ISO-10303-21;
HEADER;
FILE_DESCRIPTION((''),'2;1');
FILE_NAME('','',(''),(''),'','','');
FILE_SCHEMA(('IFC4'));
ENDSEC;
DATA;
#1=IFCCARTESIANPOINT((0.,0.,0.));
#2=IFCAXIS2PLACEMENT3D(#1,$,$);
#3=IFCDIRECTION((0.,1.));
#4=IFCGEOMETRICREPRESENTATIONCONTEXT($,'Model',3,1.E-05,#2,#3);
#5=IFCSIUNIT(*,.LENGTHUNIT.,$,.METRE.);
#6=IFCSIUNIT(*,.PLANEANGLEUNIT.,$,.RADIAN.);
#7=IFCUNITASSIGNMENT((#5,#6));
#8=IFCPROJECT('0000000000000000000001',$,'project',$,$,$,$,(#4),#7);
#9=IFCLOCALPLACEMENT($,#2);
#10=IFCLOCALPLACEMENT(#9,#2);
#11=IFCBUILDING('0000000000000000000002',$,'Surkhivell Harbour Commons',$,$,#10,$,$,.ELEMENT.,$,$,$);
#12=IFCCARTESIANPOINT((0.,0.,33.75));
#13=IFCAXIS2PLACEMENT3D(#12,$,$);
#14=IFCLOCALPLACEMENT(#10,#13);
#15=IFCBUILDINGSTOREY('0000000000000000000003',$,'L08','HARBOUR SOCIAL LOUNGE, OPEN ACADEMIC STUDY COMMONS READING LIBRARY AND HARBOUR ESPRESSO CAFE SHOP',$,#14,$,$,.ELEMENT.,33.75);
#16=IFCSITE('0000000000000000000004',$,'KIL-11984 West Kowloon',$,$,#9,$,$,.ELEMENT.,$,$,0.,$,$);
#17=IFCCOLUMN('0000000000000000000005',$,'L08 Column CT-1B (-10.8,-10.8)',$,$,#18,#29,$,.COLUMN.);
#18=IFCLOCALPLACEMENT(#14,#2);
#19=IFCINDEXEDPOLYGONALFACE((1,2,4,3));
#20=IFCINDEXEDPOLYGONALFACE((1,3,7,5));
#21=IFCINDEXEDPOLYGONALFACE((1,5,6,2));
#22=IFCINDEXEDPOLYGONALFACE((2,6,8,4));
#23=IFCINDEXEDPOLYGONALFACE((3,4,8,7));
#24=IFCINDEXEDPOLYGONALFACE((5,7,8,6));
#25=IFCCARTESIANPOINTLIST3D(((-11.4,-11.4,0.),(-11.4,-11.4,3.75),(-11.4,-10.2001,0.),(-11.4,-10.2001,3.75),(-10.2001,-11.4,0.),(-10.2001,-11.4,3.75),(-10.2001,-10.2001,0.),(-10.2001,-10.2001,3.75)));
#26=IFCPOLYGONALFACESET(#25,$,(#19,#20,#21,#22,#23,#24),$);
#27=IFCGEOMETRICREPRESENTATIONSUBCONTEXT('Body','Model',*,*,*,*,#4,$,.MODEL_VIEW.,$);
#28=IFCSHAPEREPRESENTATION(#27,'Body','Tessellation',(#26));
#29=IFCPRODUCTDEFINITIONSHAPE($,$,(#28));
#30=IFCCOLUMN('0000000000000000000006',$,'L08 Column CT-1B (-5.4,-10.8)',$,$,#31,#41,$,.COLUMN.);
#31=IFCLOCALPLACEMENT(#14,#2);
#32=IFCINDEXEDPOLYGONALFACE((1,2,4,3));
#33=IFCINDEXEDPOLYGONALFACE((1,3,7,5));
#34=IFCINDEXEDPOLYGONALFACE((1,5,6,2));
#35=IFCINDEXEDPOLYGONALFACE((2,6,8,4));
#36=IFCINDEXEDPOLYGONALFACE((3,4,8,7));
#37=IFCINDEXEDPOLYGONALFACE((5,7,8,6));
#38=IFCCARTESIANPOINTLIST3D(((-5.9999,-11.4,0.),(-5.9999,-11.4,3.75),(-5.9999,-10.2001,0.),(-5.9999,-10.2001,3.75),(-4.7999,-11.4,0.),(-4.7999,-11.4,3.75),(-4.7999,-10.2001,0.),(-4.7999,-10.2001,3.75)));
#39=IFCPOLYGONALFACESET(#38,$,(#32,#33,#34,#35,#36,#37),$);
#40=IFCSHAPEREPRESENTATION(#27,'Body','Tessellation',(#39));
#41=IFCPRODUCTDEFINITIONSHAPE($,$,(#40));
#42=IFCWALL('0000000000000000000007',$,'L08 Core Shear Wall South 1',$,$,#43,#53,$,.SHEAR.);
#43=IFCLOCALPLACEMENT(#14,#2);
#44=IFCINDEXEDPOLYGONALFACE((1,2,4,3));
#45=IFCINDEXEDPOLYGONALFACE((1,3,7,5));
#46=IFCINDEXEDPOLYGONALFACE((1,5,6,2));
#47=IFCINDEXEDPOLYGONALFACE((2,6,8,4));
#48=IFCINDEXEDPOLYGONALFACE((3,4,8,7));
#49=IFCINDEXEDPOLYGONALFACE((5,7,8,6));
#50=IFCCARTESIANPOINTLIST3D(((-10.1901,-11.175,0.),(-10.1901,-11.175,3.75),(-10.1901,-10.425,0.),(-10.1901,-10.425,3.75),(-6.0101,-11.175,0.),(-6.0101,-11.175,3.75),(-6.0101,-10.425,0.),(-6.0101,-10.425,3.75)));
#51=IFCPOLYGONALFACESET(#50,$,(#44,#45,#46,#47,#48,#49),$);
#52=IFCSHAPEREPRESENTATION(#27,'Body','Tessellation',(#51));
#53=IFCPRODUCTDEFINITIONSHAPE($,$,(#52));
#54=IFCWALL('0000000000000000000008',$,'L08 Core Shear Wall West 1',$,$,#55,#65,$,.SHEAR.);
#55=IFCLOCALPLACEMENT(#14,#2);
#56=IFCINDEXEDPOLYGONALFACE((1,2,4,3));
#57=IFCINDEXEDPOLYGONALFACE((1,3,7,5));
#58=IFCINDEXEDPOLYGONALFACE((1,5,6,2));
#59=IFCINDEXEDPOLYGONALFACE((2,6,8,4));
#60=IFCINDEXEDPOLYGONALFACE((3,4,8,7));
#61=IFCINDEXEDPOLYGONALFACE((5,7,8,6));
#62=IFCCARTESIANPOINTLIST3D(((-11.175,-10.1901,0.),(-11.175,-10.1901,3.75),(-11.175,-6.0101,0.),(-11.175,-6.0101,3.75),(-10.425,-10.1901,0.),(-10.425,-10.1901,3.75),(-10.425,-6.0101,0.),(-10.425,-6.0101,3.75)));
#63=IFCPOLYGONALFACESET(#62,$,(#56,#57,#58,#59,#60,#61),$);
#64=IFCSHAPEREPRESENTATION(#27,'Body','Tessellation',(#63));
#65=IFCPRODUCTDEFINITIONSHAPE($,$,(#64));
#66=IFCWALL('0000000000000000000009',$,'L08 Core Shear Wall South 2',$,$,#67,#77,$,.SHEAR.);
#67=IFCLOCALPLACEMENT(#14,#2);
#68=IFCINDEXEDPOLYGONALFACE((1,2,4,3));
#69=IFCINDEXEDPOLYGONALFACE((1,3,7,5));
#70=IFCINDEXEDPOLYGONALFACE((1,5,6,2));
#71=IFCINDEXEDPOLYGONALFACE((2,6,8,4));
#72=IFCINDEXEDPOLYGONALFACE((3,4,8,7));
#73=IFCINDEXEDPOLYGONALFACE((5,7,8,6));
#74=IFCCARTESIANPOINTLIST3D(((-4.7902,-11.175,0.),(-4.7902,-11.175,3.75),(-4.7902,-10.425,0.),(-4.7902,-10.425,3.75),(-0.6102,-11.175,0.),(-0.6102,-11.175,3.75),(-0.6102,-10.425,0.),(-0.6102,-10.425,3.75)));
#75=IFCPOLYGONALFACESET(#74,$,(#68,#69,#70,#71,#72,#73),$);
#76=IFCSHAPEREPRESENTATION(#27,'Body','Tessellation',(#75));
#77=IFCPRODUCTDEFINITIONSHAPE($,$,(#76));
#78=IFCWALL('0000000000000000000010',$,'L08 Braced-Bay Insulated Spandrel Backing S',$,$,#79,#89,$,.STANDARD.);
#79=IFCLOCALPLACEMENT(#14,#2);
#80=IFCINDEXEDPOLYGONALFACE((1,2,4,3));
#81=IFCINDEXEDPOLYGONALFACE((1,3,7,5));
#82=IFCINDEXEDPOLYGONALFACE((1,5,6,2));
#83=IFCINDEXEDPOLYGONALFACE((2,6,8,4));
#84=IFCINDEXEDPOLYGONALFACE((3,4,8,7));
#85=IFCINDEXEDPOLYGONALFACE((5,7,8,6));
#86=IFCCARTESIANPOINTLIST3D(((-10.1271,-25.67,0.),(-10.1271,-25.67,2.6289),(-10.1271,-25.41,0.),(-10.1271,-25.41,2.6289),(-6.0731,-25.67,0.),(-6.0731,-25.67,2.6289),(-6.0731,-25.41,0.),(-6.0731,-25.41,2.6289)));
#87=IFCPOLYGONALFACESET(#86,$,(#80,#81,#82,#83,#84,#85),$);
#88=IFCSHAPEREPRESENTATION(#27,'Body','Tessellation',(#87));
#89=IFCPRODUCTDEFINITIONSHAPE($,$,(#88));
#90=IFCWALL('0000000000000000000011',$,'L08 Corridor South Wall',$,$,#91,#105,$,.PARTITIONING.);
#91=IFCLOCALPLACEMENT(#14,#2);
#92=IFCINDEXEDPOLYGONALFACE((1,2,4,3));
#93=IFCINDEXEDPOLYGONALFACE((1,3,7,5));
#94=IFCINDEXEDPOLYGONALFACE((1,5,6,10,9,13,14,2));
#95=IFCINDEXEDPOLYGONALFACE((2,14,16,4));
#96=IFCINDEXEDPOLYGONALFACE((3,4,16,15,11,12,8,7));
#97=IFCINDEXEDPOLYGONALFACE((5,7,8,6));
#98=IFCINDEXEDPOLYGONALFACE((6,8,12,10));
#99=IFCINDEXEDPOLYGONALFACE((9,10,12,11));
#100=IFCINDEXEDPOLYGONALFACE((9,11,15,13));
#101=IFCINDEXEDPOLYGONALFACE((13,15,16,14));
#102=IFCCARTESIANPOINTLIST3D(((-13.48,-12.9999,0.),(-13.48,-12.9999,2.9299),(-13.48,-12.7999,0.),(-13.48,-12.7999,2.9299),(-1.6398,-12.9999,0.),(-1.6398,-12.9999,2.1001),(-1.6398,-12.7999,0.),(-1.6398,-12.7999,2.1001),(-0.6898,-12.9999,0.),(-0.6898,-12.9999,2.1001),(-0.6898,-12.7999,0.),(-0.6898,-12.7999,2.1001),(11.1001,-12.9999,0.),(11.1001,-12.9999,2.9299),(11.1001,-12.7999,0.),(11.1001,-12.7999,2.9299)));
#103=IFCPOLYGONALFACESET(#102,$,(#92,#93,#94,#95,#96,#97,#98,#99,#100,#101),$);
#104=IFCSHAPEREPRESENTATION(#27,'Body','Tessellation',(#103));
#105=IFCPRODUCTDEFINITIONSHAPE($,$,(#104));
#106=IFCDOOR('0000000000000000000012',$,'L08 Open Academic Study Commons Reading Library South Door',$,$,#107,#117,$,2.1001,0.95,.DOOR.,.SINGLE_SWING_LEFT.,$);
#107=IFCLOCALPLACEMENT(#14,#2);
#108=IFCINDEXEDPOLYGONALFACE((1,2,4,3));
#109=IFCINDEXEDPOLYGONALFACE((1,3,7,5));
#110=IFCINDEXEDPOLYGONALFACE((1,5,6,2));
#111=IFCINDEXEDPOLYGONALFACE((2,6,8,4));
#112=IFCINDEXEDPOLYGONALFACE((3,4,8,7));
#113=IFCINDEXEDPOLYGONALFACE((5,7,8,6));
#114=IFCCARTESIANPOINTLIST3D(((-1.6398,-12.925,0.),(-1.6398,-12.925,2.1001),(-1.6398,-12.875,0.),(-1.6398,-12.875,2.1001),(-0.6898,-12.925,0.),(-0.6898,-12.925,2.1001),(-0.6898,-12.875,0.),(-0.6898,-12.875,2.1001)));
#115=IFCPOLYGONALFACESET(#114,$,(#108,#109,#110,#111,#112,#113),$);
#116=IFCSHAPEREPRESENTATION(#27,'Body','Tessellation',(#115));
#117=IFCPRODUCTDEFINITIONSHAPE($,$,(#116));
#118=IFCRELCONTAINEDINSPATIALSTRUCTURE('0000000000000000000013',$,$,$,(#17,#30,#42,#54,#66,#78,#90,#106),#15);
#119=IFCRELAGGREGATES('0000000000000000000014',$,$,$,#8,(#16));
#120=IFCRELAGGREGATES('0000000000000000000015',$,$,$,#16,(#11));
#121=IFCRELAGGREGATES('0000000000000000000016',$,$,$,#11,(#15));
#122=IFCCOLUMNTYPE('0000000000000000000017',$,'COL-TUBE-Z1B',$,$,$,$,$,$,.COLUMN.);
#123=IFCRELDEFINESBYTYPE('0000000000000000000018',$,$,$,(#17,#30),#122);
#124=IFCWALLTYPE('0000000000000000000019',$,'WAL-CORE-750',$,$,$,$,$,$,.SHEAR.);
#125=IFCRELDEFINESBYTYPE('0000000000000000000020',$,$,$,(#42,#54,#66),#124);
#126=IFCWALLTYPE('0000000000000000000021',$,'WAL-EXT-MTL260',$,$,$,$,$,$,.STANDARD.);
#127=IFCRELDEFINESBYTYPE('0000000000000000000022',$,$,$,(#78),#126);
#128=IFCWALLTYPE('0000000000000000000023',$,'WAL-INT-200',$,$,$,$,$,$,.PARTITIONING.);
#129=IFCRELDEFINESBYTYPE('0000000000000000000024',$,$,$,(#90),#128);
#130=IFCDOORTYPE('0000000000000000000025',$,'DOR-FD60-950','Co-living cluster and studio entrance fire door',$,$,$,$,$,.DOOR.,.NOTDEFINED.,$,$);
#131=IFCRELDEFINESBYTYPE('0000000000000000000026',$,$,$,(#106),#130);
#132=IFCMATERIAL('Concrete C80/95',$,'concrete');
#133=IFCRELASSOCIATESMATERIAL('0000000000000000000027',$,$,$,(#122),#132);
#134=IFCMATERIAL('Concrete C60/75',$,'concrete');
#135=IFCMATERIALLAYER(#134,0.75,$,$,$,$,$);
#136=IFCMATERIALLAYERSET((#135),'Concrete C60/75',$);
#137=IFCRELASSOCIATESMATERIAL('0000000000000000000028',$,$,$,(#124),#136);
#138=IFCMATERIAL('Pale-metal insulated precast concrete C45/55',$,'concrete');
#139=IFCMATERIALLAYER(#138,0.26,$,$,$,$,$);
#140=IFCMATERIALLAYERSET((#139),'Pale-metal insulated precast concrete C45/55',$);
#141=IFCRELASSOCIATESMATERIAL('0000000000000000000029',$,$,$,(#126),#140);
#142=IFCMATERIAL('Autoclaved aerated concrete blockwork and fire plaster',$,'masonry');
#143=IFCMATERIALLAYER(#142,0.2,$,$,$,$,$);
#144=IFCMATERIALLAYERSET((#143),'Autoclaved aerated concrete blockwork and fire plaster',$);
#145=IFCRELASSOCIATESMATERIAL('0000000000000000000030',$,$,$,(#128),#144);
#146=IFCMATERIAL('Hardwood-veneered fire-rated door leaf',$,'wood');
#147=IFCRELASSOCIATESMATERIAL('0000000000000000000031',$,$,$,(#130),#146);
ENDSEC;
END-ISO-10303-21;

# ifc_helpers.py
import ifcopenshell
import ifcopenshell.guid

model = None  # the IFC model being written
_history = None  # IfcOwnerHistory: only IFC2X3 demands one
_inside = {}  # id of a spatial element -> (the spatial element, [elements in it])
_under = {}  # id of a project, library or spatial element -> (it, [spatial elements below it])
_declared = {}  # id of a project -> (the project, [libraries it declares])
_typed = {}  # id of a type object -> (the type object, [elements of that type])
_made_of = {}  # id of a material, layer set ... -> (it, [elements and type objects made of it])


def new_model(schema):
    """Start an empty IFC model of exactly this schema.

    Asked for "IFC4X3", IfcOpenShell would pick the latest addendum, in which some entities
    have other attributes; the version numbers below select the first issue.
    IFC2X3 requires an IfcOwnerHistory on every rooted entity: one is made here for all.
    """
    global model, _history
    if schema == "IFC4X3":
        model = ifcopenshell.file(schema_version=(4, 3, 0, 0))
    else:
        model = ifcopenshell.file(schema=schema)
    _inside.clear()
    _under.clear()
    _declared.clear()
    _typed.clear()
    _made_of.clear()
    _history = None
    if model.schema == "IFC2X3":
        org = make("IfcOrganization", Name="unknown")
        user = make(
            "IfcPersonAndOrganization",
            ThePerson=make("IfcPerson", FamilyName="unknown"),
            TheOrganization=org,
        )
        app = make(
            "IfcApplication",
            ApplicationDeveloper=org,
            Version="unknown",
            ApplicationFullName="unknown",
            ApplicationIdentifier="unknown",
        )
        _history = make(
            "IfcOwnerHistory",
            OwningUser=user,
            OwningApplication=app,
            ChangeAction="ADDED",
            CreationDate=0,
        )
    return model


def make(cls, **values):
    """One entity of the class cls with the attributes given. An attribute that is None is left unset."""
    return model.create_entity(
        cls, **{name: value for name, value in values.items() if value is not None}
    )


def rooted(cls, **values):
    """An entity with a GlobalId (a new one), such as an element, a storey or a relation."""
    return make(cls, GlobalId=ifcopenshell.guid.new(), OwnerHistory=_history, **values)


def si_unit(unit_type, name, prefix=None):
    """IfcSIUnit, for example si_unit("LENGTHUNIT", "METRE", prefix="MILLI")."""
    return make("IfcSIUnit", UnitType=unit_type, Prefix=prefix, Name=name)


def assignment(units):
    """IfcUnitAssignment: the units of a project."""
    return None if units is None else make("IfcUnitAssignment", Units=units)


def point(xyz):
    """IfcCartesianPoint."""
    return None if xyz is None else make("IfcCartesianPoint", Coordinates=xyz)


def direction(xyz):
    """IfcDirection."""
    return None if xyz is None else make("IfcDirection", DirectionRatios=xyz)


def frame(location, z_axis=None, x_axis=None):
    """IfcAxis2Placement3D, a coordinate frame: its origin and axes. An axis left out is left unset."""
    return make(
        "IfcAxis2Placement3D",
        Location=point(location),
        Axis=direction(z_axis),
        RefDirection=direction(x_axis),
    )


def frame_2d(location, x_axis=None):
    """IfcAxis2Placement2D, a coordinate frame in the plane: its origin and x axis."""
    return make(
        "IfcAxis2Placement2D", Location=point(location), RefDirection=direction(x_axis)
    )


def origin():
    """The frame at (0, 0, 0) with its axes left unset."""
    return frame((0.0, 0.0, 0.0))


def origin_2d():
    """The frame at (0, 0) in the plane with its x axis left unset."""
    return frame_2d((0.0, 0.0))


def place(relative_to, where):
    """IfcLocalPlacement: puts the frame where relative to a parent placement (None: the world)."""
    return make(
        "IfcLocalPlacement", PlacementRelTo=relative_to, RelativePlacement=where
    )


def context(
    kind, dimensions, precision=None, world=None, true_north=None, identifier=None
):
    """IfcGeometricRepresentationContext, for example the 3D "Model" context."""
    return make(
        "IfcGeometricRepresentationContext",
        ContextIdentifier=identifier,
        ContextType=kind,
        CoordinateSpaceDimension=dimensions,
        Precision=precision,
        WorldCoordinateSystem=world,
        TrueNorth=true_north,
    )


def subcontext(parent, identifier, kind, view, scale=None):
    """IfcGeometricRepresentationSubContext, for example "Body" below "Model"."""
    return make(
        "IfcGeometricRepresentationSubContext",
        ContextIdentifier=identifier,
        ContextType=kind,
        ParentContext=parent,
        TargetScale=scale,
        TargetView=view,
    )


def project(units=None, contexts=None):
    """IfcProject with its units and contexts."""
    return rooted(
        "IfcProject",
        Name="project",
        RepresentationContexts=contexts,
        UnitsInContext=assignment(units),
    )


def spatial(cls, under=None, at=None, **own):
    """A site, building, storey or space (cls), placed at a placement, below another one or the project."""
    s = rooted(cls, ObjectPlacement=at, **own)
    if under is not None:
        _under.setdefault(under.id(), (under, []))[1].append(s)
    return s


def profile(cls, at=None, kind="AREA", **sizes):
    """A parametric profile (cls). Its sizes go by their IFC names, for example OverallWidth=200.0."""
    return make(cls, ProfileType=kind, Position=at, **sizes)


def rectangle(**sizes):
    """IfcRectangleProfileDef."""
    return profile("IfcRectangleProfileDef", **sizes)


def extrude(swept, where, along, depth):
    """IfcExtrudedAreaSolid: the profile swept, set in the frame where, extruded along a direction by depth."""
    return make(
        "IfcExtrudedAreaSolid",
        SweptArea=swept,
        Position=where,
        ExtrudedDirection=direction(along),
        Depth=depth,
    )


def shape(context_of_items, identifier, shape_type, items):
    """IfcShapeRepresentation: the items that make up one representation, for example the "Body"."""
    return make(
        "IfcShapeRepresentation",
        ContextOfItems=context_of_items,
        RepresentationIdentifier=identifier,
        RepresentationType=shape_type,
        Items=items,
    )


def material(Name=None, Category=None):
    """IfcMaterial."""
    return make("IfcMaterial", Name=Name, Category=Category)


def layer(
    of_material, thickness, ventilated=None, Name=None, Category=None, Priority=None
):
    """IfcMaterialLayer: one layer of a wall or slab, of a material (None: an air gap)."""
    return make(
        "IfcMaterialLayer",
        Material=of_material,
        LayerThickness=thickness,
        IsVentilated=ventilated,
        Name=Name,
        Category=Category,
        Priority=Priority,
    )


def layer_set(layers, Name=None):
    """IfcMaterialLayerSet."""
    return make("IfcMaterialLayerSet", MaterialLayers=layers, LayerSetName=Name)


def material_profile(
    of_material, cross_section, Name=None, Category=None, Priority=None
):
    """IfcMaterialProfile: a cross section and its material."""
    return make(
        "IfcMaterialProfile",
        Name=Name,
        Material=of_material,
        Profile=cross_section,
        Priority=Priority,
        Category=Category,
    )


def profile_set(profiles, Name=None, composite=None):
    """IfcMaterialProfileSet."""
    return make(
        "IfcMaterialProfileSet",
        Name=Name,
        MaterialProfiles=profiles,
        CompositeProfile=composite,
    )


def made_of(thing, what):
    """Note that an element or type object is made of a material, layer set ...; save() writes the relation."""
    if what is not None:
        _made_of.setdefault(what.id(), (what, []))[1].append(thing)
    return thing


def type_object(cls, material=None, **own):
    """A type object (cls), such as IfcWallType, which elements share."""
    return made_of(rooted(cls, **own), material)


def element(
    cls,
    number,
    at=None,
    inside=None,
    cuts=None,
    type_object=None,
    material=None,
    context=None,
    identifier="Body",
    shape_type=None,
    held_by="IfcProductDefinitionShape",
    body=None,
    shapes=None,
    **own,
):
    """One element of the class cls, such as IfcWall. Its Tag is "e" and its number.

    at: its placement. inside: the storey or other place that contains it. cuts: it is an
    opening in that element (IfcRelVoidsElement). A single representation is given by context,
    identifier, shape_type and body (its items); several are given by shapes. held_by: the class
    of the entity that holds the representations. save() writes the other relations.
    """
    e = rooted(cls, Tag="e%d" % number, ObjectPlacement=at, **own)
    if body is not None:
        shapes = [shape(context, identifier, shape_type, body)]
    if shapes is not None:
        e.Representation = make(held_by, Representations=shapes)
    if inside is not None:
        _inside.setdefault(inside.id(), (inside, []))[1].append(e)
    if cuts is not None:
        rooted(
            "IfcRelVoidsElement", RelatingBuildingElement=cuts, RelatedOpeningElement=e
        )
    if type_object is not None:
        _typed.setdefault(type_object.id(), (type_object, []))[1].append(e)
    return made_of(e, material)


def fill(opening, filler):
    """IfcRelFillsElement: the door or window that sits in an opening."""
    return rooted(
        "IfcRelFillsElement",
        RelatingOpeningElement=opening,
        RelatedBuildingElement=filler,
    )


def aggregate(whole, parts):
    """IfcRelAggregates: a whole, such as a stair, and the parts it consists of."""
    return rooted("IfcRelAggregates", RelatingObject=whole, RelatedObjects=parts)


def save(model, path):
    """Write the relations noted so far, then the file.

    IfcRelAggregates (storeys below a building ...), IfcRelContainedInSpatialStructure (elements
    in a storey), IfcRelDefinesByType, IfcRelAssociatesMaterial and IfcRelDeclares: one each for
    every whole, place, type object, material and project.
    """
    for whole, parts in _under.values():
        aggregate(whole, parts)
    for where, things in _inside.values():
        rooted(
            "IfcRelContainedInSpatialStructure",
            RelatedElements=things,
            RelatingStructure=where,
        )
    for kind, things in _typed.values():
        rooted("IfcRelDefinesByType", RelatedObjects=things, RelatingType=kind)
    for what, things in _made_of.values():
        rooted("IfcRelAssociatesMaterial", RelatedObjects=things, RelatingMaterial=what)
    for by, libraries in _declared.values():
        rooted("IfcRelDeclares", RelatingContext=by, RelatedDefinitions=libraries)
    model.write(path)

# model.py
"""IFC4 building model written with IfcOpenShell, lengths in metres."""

from ifc_helpers import new_model, si_unit, direction, frame, frame_2d, origin, origin_2d, place, context, subcontext, project, spatial, rectangle, extrude, material, layer, layer_set, material_profile, profile_set, type_object, element, fill, save


model = new_model("IFC4")

# Units and contexts
model_context = context("Model", 3, precision=1e-05, world=origin(), true_north=direction((0.0, 1.0)))
body_context = subcontext(model_context, "Body", "Model", "MODEL_VIEW")
ifc_project = project(units=[si_unit("LENGTHUNIT", "METRE"), si_unit("PLANEANGLEUNIT", "RADIAN")], contexts=[model_context])

# Site, building, storey
site_placement = place(None, origin())
site = spatial("IfcSite", under=ifc_project, at=site_placement, Name="KIL-11984 West Kowloon", CompositionType="ELEMENT", RefElevation=0.0)
building_placement = place(site_placement, origin())
building = spatial("IfcBuilding", under=site, at=building_placement, Name="Surkhivell Harbour Commons", CompositionType="ELEMENT")
storey_placement = place(building_placement, frame((0.0, 0.0, 33.75)))
storey = spatial("IfcBuildingStorey", under=building, at=storey_placement, Name="L08", Description="HARBOUR SOCIAL LOUNGE, OPEN ACADEMIC STUDY COMMONS READING LIBRARY AND HARBOUR ESPRESSO CAFE SHOP", CompositionType="ELEMENT", Elevation=33.75)

# Columns
ifc_material_1 = material(Name="Concrete C80/95", Category="concrete")
ifc_material_profile = material_profile(ifc_material_1, rectangle(XDim=1.2, YDim=1.2, at=origin_2d()), Name="RC-COL-1200x1200")
ifc_profile_set = profile_set([ifc_material_profile], Name="Concrete C80/95")
column_type = type_object("IfcColumnType", Name="COL-TUBE-Z1B", PredefinedType="COLUMN", material=ifc_profile_set)
for number, where, z_axis, x_axis, name in (
    (1, (-10.8, -10.8, 0.0), (0.0, 0.0, 1.0), (1.0, 0.0, 0.0), "L08 Column CT-1B (-10.8,-10.8)"),
    (2, (-5.3999, -10.8, 0.0), (0.0, 0.0, 1.0), (1.0, 0.0, 0.0), "L08 Column CT-1B (-5.4,-10.8)"),
):
    element("IfcColumn", number, at=place(storey_placement, frame(where, z_axis=z_axis, x_axis=x_axis)), inside=storey, type_object=column_type, Name=name, PredefinedType="COLUMN", context=body_context, shape_type="SweptSolid", body=[
        extrude(rectangle(XDim=1.2, YDim=1.2, at=origin_2d()), origin(), (0.0, 0.0, 1.0), 3.75),
    ])

# Walls
ifc_material_2 = material(Name="Concrete C60/75", Category="concrete")
ifc_layer_1 = layer(ifc_material_2, 0.75)
ifc_layer_set_1 = layer_set([ifc_layer_1], Name="Concrete C60/75")
wall_type_1 = type_object("IfcWallType", Name="WAL-CORE-750", PredefinedType="SHEAR", material=ifc_layer_set_1)
for number, where, z_axis, x_axis, name in (
    (3, (-10.1899, -10.8, 0.0), (0.0, 0.0, 1.0), (1.0, 0.0, 0.0), "L08 Core Shear Wall South 1"),
    (4, (-10.8, -10.1899, 0.0), (0.0, 0.0, 1.0), (0.0, 1.0, 0.0), "L08 Core Shear Wall West 1"),
    (5, (-4.79, -10.8, 0.0), (0.0, 0.0, 1.0), (1.0, 0.0, 0.0), "L08 Core Shear Wall South 2"),
):
    element("IfcWall", number, at=place(storey_placement, frame(where, z_axis=z_axis, x_axis=x_axis)), inside=storey, type_object=wall_type_1, Name=name, PredefinedType="SHEAR", context=body_context, shape_type="SweptSolid", body=[
        extrude(rectangle(XDim=4.1799, YDim=0.75, at=frame_2d((2.0898, 0.0))), origin(), (0.0, 0.0, 1.0), 3.75),
    ])
ifc_material_3 = material(Name="Pale-metal insulated precast concrete C45/55", Category="concrete")
ifc_layer_2 = layer(ifc_material_3, 0.26)
ifc_layer_set_2 = layer_set([ifc_layer_2], Name="Pale-metal insulated precast concrete C45/55")
wall_type_2 = type_object("IfcWallType", Name="WAL-EXT-MTL260", PredefinedType="STANDARD", material=ifc_layer_set_2)
wall_1_placement = place(storey_placement, frame((-10.127, -25.54, 0.0), z_axis=(0.0, 0.0, 1.0), x_axis=(1.0, 0.0, 0.0)))
element("IfcWall", 6, at=wall_1_placement, inside=storey, type_object=wall_type_2, Name="L08 Braced-Bay Insulated Spandrel Backing S", PredefinedType="STANDARD", context=body_context, shape_type="SweptSolid", body=[
    extrude(rectangle(XDim=4.054, YDim=0.26, at=frame_2d((2.0269, 0.0))), origin(), (0.0, 0.0, 1.0), 2.6289),
])

# Wall, opening, door
ifc_material_4 = material(Name="Autoclaved aerated concrete blockwork and fire plaster", Category="masonry")
ifc_layer_3 = layer(ifc_material_4, 0.2)
ifc_layer_set_3 = layer_set([ifc_layer_3], Name="Autoclaved aerated concrete blockwork and fire plaster")
wall_type_3 = type_object("IfcWallType", Name="WAL-INT-200", PredefinedType="PARTITIONING", material=ifc_layer_set_3)
wall_2_placement = place(storey_placement, frame((-13.48, -12.8999, 0.0), z_axis=(0.0, 0.0, 1.0), x_axis=(1.0, 0.0, 0.0)))
wall_2 = element("IfcWall", 7, at=wall_2_placement, inside=storey, type_object=wall_type_3, Name="L08 Corridor South Wall", PredefinedType="PARTITIONING", context=body_context, shape_type="SweptSolid", body=[
    extrude(rectangle(XDim=24.5801, YDim=0.2, at=frame_2d((12.29, 0.0))), origin(), (0.0, 0.0, 1.0), 2.9299),
])
opening_1_placement = place(wall_2_placement, frame((11.8401, 0.0, 0.0)))
opening_1 = element("IfcOpeningElement", 8, at=opening_1_placement, cuts=wall_2, PredefinedType="OPENING", context=body_context, shape_type="SweptSolid", body=[
    extrude(rectangle(XDim=0.95, YDim=2.1001, at=frame_2d((0.4751, 1.05))), frame((0.0, 0.1099, 0.0), z_axis=(0.0, -1.0, 0.0), x_axis=(1.0, 0.0, 0.0)), (0.0, 0.0, 1.0), 0.22),
])
ifc_material_5 = material(Name="Hardwood-veneered fire-rated door leaf", Category="wood")
door_type_1 = type_object("IfcDoorType", Name="DOR-FD60-950", Description="Co-living cluster and studio entrance fire door", OperationType="NOTDEFINED", PredefinedType="DOOR", material=ifc_material_5)
door_1_placement = place(opening_1_placement, origin())
door_1 = element("IfcDoor", 9, at=door_1_placement, inside=storey, type_object=door_type_1, Name="L08 Open Academic Study Commons Reading Library South Door", OperationType="SINGLE_SWING_LEFT", OverallHeight=2.1001, OverallWidth=0.95, PredefinedType="DOOR", context=body_context, shape_type="SweptSolid", body=[
    extrude(rectangle(XDim=0.95, YDim=2.1001, at=frame_2d((0.4751, 1.05))), frame((0.0, 0.0249, 0.0), z_axis=(0.0, -1.0, 0.0), x_axis=(1.0, 0.0, 0.0)), (0.0, 0.0, 1.0), 0.05),
])
fill(opening_1, door_1)

save(model, "model.ifc")
